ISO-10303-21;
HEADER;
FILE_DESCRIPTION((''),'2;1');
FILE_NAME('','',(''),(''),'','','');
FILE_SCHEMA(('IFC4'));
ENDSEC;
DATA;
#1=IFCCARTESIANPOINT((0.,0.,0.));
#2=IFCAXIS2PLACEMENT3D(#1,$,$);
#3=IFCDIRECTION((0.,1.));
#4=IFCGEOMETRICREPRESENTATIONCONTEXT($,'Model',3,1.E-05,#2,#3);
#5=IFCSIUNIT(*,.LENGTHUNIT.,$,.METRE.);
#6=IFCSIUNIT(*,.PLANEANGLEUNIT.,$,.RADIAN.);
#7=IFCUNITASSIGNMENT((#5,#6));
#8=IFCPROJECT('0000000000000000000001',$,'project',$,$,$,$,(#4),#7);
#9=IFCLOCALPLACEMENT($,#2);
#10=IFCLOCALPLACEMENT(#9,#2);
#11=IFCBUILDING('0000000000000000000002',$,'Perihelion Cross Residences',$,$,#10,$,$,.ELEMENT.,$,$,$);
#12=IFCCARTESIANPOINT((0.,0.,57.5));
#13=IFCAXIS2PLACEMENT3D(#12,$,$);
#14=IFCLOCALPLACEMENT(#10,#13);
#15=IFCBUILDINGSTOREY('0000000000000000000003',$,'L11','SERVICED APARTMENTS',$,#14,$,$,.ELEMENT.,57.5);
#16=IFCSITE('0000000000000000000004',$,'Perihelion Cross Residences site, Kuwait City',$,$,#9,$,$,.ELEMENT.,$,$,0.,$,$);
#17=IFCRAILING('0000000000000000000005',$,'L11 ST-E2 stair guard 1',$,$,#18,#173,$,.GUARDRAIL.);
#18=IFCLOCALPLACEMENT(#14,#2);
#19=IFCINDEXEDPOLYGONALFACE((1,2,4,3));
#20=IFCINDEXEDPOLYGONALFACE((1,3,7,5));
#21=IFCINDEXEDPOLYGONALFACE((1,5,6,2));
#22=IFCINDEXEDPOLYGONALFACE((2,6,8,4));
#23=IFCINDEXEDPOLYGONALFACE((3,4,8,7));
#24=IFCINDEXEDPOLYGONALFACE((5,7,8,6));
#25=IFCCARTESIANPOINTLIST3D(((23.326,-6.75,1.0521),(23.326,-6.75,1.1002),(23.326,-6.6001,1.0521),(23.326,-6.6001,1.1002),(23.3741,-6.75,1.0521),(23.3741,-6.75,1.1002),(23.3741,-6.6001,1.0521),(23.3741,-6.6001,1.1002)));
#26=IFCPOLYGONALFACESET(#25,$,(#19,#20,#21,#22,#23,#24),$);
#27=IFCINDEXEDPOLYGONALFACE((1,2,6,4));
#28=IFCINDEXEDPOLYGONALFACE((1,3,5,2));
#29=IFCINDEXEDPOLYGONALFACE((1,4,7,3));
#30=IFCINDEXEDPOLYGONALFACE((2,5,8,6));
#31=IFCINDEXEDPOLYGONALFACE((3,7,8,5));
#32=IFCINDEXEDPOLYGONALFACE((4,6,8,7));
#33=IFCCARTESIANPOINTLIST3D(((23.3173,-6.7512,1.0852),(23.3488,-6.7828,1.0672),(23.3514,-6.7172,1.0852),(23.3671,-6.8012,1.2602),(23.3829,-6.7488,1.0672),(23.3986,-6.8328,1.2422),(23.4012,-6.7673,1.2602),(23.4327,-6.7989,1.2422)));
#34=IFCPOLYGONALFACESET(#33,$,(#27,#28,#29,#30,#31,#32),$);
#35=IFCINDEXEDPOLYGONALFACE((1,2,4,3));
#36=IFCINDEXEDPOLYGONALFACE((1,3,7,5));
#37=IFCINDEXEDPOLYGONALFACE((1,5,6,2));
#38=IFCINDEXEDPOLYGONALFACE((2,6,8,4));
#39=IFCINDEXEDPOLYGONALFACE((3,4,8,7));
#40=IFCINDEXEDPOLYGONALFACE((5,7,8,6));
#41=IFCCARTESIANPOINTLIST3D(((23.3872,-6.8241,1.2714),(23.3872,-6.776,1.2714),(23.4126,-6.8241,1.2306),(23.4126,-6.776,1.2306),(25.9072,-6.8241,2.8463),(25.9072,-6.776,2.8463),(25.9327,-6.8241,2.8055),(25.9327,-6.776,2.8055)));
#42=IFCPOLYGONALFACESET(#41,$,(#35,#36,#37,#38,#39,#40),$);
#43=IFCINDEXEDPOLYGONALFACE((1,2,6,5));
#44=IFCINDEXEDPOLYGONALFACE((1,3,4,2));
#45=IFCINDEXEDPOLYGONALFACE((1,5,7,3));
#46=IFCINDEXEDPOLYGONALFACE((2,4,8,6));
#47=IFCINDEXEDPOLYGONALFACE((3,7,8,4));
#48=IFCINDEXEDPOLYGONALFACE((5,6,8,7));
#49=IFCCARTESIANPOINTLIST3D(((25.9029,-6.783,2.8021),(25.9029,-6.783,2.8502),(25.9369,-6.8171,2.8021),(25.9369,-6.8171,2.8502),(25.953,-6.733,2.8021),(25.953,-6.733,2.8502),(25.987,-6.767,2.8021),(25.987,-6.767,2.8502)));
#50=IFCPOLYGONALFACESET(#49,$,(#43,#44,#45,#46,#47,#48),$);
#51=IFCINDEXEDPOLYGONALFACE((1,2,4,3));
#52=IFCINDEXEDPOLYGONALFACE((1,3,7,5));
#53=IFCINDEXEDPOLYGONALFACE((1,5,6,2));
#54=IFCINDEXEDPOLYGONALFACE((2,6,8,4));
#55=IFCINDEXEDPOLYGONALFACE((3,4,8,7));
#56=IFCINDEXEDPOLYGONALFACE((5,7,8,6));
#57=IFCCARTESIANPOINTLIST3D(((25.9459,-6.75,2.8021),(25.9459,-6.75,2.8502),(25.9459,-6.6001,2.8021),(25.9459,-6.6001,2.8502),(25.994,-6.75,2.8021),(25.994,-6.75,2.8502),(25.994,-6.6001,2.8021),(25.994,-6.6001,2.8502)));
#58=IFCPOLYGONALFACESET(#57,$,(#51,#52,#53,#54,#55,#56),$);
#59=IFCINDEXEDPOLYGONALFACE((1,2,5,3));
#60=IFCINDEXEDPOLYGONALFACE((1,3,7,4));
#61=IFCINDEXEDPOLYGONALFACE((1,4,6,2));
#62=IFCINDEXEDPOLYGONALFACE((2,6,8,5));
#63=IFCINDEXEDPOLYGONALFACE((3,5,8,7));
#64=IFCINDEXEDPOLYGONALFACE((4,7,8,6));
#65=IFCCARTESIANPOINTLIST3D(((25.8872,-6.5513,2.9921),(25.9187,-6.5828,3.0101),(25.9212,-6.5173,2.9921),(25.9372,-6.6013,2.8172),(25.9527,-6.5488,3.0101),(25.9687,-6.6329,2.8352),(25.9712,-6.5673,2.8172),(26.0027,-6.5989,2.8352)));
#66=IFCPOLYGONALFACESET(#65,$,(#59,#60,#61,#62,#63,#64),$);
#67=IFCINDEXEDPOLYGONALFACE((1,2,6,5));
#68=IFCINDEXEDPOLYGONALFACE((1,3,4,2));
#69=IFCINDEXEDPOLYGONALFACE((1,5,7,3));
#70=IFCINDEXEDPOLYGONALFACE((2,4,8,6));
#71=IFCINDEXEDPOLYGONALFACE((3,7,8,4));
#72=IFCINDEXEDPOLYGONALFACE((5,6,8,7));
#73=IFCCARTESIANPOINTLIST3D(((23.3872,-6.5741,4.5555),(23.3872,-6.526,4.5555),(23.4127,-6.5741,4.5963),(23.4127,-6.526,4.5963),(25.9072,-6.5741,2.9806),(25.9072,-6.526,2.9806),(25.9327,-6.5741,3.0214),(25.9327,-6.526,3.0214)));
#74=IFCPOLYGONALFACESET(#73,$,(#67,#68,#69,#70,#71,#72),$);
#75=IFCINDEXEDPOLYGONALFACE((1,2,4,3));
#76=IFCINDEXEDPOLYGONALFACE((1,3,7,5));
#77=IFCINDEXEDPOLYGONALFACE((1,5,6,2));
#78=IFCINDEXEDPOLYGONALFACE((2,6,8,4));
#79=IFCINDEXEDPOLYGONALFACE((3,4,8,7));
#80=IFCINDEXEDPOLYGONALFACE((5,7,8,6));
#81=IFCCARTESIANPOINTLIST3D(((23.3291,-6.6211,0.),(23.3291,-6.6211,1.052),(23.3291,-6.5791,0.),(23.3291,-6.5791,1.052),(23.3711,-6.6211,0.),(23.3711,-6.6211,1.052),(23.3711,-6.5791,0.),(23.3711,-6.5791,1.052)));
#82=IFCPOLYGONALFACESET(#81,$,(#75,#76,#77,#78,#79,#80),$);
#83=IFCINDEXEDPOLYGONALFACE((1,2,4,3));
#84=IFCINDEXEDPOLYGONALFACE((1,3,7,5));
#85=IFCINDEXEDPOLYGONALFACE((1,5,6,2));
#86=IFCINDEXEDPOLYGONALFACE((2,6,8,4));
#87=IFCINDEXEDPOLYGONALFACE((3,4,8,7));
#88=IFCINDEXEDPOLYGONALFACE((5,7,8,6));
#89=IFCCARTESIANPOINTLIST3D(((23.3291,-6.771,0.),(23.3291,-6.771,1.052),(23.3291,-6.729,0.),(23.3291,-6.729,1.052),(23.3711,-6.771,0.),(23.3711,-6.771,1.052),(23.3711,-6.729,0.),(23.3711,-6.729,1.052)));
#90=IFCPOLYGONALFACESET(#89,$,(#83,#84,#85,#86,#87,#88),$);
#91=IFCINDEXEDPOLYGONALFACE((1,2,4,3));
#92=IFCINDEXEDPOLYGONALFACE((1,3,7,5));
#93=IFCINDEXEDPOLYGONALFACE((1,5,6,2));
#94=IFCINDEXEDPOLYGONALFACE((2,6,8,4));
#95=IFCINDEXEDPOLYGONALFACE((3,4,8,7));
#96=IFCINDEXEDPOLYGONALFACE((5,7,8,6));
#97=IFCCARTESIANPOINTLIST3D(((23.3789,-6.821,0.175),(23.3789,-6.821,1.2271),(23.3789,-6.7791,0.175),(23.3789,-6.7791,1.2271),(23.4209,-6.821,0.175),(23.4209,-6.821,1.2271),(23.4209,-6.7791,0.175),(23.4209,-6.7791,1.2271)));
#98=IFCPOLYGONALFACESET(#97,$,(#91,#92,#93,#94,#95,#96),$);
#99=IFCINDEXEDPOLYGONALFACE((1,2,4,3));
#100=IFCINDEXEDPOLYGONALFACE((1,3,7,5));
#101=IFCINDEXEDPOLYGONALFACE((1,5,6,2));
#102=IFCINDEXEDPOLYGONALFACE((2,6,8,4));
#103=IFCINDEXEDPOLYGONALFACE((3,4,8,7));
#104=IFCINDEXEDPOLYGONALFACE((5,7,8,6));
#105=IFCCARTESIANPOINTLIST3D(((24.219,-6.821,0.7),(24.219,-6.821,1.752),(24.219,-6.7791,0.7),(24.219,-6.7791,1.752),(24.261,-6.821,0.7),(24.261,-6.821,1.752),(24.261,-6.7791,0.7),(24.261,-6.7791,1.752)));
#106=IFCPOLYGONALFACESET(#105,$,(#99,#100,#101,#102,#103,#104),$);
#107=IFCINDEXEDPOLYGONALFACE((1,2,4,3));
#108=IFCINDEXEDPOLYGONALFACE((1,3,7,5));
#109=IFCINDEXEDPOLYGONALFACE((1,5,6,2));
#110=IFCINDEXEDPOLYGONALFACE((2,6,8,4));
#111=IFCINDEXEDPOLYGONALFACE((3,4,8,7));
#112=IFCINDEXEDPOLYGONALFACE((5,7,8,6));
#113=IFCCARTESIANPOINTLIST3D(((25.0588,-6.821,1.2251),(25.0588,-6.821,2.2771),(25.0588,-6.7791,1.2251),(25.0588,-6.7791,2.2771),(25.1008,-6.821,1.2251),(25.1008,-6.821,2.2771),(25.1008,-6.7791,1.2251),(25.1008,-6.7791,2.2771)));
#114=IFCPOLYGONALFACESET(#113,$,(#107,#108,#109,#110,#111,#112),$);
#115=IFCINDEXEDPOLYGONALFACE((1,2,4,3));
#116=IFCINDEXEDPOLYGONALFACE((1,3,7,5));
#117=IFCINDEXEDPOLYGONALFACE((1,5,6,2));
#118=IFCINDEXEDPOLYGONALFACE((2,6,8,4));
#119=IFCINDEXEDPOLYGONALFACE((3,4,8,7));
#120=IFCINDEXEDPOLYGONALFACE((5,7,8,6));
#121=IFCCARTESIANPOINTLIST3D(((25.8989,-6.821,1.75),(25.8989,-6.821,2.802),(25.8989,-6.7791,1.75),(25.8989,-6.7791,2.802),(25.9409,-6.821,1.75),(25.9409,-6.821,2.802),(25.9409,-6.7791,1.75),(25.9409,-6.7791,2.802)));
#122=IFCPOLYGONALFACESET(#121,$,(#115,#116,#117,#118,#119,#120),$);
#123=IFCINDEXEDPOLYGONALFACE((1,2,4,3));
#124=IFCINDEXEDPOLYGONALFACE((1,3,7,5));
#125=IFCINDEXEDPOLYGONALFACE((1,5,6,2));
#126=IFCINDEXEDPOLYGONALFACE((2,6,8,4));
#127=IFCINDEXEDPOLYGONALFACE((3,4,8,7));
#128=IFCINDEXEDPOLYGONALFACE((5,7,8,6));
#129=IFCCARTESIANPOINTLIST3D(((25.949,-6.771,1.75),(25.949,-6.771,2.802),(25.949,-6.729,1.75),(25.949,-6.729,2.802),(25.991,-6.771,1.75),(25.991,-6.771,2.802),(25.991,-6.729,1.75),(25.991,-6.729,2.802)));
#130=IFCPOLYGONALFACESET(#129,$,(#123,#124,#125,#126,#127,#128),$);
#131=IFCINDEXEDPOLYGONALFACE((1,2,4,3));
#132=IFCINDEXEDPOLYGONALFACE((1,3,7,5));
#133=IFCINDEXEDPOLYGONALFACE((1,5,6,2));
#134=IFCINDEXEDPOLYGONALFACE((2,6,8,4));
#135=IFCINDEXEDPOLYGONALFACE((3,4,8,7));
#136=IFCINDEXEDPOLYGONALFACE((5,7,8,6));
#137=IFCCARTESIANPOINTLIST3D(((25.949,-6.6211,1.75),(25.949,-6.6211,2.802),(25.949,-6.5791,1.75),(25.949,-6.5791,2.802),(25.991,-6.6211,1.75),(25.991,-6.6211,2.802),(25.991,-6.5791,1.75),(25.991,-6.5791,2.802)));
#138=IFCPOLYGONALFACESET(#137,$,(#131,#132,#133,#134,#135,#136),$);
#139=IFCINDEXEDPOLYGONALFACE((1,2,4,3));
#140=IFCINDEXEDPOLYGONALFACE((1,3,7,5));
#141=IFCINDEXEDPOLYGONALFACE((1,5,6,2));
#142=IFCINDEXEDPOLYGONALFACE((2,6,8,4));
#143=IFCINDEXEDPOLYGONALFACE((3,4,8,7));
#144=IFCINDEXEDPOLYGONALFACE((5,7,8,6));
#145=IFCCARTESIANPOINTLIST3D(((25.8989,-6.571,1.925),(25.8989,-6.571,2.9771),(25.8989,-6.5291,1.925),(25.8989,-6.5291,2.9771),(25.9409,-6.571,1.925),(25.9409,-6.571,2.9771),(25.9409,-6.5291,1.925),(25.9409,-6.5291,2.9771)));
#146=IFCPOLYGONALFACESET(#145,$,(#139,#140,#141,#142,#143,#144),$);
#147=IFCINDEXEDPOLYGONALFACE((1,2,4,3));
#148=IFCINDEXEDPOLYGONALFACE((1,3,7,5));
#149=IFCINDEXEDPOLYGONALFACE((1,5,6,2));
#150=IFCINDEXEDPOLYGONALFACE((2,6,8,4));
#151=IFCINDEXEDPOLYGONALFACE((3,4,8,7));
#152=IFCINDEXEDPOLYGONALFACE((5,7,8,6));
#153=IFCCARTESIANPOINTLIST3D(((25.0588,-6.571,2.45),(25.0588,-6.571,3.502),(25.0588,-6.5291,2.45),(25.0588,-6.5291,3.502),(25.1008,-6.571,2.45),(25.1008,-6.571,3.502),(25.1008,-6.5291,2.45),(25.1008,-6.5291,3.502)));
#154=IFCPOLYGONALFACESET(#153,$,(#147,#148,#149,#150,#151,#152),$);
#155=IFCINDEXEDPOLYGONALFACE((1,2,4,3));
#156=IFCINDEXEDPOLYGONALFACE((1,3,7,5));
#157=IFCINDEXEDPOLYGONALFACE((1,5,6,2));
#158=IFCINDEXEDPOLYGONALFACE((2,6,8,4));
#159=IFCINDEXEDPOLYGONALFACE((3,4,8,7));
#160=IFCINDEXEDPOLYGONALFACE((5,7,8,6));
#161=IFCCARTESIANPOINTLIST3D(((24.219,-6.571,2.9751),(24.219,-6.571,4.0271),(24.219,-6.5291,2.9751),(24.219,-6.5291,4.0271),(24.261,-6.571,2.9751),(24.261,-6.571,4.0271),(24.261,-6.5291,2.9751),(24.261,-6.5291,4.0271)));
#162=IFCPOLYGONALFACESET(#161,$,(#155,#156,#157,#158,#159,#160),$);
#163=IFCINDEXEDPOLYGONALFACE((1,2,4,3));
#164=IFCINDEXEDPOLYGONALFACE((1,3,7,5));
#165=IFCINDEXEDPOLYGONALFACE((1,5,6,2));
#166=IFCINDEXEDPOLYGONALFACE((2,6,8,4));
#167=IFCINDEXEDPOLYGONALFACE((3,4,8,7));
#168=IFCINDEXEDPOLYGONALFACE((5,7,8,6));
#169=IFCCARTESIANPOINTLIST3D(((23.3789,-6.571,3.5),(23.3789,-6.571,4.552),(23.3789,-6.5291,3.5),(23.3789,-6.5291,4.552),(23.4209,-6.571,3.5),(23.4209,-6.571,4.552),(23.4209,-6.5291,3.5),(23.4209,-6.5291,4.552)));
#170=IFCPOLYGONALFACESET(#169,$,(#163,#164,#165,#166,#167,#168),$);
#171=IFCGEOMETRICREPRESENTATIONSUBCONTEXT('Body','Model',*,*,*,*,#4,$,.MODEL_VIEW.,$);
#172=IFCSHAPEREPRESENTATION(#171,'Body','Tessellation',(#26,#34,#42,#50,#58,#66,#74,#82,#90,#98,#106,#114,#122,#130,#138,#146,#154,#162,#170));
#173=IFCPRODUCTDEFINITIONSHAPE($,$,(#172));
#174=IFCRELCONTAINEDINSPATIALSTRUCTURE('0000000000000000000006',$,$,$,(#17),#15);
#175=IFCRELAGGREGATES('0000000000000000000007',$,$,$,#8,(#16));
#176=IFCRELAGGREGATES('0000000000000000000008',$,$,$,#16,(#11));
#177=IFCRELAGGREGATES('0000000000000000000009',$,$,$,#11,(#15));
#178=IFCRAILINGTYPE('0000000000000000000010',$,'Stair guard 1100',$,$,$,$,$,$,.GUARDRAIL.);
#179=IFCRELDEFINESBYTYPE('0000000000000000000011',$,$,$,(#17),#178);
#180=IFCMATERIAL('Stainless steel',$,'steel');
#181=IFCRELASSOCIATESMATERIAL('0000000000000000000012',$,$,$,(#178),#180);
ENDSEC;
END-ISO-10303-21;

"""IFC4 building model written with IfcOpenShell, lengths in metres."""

from ifc_helpers import new_model, si_unit, direction, frame, origin, origin_2d, place, context, subcontext, project, spatial, rectangle, extrude, material, type_object, element, save


model = new_model("IFC4")

# Units and contexts
model_context = context("Model", 3, precision=1e-05, world=origin(), true_north=direction((0.0, 1.0)))
body_context = subcontext(model_context, "Body", "Model", "MODEL_VIEW")
ifc_project = project(units=[si_unit("LENGTHUNIT", "METRE"), si_unit("PLANEANGLEUNIT", "RADIAN")], contexts=[model_context])

# Site, building, storey
site_placement = place(None, origin())
site = spatial("IfcSite", under=ifc_project, at=site_placement, Name="Perihelion Cross Residences site, Kuwait City", CompositionType="ELEMENT", RefElevation=0.0)
building_placement = place(site_placement, origin())
building = spatial("IfcBuilding", under=site, at=building_placement, Name="Perihelion Cross Residences", CompositionType="ELEMENT")
storey_placement = place(building_placement, frame((0.0, 0.0, 57.5)))
storey = spatial("IfcBuildingStorey", under=building, at=storey_placement, Name="L11", Description="SERVICED APARTMENTS", CompositionType="ELEMENT", Elevation=57.5)

# Railing
ifc_material_1 = material(Name="Stainless steel", Category="steel")
railing_type_1 = type_object("IfcRailingType", Name="Stair guard 1100", PredefinedType="GUARDRAIL", material=ifc_material_1)
railing_1_placement = place(storey_placement, frame((23.3501, -6.6001, 0.0)))
element("IfcRailing", 1, at=railing_1_placement, inside=storey, type_object=railing_type_1, Name="L11 ST-E2 stair guard 1", PredefinedType="GUARDRAIL", context=body_context, shape_type="SweptSolid", body=[
    extrude(rectangle(XDim=0.0481, YDim=0.0481, at=origin_2d()), frame((0.0, 0.0, 1.0762), z_axis=(0.0, -1.0, 0.0), x_axis=(1.0, 0.0, 0.0)), (0.0, 0.0, 1.0), 0.1499),
    extrude(rectangle(XDim=0.0481, YDim=0.0481, at=origin_2d()), frame((0.0, -0.1499, 1.0762), z_axis=(0.263862, -0.265156, 0.927399), x_axis=(0.708834, 0.705376, 0.0)), (0.0, 0.0, 1.0), 0.1887),
    extrude(rectangle(XDim=0.0481, YDim=0.0481, at=origin_2d()), frame((0.0498, -0.2, 1.251), z_axis=(0.848008, 0.0, 0.529984), x_axis=(0.0, 1.0, 0.0)), (0.0, 0.0, 1.0), 2.9717),
    extrude(rectangle(XDim=0.0481, YDim=0.0481, at=origin_2d()), frame((2.5698, -0.2, 2.8262), z_axis=(0.707107, 0.707107, 0.0), x_axis=(-0.707107, 0.707107, 0.0)), (0.0, 0.0, 1.0), 0.0708),
    extrude(rectangle(XDim=0.0481, YDim=0.0481, at=origin_2d()), frame((2.6199, -0.1499, 2.8262), z_axis=(0.0, 1.0, 0.0), x_axis=(-1.0, 0.0, 0.0)), (0.0, 0.0, 1.0), 0.1499),
    extrude(rectangle(XDim=0.0481, YDim=0.0481, at=origin_2d()), frame((2.6199, 0.0, 2.8262), z_axis=(-0.265065, 0.265065, 0.927082), x_axis=(-0.707107, -0.707107, 0.0)), (0.0, 0.0, 1.0), 0.1887),
    extrude(rectangle(XDim=0.0481, YDim=0.0481, at=origin_2d()), frame((2.5698, 0.05, 3.001), z_axis=(-0.848008, 0.0, 0.529984), x_axis=(0.0, -1.0, 0.0)), (0.0, 0.0, 1.0), 2.9717),
    extrude(rectangle(XDim=0.042, YDim=0.042, at=origin_2d()), origin(), (0.0, 0.0, 1.0), 1.052),
    extrude(rectangle(XDim=0.042, YDim=0.042, at=origin_2d()), frame((0.0, -0.1499, 0.0)), (0.0, 0.0, 1.0), 1.052),
    extrude(rectangle(XDim=0.042, YDim=0.042, at=origin_2d()), frame((0.0498, -0.2, 0.175)), (0.0, 0.0, 1.0), 1.052),
    extrude(rectangle(XDim=0.042, YDim=0.042, at=origin_2d()), frame((0.8899, -0.2, 0.7)), (0.0, 0.0, 1.0), 1.052),
    extrude(rectangle(XDim=0.042, YDim=0.042, at=origin_2d()), frame((1.7297, -0.2, 1.2251)), (0.0, 0.0, 1.0), 1.052),
    extrude(rectangle(XDim=0.042, YDim=0.042, at=origin_2d()), frame((2.5698, -0.2, 1.75)), (0.0, 0.0, 1.0), 1.052),
    extrude(rectangle(XDim=0.042, YDim=0.042, at=origin_2d()), frame((2.6199, -0.1499, 1.75)), (0.0, 0.0, 1.0), 1.052),
    extrude(rectangle(XDim=0.042, YDim=0.042, at=origin_2d()), frame((2.6199, 0.0, 1.75)), (0.0, 0.0, 1.0), 1.052),
    extrude(rectangle(XDim=0.042, YDim=0.042, at=origin_2d()), frame((2.5698, 0.05, 1.925)), (0.0, 0.0, 1.0), 1.052),
    extrude(rectangle(XDim=0.042, YDim=0.042, at=origin_2d()), frame((1.7297, 0.05, 2.45)), (0.0, 0.0, 1.0), 1.052),
    extrude(rectangle(XDim=0.042, YDim=0.042, at=origin_2d()), frame((0.8899, 0.05, 2.9751)), (0.0, 0.0, 1.0), 1.052),
    extrude(rectangle(XDim=0.042, YDim=0.042, at=origin_2d()), frame((0.0498, 0.05, 3.5)), (0.0, 0.0, 1.0), 1.052),
])

save(model, "model.ifc")
